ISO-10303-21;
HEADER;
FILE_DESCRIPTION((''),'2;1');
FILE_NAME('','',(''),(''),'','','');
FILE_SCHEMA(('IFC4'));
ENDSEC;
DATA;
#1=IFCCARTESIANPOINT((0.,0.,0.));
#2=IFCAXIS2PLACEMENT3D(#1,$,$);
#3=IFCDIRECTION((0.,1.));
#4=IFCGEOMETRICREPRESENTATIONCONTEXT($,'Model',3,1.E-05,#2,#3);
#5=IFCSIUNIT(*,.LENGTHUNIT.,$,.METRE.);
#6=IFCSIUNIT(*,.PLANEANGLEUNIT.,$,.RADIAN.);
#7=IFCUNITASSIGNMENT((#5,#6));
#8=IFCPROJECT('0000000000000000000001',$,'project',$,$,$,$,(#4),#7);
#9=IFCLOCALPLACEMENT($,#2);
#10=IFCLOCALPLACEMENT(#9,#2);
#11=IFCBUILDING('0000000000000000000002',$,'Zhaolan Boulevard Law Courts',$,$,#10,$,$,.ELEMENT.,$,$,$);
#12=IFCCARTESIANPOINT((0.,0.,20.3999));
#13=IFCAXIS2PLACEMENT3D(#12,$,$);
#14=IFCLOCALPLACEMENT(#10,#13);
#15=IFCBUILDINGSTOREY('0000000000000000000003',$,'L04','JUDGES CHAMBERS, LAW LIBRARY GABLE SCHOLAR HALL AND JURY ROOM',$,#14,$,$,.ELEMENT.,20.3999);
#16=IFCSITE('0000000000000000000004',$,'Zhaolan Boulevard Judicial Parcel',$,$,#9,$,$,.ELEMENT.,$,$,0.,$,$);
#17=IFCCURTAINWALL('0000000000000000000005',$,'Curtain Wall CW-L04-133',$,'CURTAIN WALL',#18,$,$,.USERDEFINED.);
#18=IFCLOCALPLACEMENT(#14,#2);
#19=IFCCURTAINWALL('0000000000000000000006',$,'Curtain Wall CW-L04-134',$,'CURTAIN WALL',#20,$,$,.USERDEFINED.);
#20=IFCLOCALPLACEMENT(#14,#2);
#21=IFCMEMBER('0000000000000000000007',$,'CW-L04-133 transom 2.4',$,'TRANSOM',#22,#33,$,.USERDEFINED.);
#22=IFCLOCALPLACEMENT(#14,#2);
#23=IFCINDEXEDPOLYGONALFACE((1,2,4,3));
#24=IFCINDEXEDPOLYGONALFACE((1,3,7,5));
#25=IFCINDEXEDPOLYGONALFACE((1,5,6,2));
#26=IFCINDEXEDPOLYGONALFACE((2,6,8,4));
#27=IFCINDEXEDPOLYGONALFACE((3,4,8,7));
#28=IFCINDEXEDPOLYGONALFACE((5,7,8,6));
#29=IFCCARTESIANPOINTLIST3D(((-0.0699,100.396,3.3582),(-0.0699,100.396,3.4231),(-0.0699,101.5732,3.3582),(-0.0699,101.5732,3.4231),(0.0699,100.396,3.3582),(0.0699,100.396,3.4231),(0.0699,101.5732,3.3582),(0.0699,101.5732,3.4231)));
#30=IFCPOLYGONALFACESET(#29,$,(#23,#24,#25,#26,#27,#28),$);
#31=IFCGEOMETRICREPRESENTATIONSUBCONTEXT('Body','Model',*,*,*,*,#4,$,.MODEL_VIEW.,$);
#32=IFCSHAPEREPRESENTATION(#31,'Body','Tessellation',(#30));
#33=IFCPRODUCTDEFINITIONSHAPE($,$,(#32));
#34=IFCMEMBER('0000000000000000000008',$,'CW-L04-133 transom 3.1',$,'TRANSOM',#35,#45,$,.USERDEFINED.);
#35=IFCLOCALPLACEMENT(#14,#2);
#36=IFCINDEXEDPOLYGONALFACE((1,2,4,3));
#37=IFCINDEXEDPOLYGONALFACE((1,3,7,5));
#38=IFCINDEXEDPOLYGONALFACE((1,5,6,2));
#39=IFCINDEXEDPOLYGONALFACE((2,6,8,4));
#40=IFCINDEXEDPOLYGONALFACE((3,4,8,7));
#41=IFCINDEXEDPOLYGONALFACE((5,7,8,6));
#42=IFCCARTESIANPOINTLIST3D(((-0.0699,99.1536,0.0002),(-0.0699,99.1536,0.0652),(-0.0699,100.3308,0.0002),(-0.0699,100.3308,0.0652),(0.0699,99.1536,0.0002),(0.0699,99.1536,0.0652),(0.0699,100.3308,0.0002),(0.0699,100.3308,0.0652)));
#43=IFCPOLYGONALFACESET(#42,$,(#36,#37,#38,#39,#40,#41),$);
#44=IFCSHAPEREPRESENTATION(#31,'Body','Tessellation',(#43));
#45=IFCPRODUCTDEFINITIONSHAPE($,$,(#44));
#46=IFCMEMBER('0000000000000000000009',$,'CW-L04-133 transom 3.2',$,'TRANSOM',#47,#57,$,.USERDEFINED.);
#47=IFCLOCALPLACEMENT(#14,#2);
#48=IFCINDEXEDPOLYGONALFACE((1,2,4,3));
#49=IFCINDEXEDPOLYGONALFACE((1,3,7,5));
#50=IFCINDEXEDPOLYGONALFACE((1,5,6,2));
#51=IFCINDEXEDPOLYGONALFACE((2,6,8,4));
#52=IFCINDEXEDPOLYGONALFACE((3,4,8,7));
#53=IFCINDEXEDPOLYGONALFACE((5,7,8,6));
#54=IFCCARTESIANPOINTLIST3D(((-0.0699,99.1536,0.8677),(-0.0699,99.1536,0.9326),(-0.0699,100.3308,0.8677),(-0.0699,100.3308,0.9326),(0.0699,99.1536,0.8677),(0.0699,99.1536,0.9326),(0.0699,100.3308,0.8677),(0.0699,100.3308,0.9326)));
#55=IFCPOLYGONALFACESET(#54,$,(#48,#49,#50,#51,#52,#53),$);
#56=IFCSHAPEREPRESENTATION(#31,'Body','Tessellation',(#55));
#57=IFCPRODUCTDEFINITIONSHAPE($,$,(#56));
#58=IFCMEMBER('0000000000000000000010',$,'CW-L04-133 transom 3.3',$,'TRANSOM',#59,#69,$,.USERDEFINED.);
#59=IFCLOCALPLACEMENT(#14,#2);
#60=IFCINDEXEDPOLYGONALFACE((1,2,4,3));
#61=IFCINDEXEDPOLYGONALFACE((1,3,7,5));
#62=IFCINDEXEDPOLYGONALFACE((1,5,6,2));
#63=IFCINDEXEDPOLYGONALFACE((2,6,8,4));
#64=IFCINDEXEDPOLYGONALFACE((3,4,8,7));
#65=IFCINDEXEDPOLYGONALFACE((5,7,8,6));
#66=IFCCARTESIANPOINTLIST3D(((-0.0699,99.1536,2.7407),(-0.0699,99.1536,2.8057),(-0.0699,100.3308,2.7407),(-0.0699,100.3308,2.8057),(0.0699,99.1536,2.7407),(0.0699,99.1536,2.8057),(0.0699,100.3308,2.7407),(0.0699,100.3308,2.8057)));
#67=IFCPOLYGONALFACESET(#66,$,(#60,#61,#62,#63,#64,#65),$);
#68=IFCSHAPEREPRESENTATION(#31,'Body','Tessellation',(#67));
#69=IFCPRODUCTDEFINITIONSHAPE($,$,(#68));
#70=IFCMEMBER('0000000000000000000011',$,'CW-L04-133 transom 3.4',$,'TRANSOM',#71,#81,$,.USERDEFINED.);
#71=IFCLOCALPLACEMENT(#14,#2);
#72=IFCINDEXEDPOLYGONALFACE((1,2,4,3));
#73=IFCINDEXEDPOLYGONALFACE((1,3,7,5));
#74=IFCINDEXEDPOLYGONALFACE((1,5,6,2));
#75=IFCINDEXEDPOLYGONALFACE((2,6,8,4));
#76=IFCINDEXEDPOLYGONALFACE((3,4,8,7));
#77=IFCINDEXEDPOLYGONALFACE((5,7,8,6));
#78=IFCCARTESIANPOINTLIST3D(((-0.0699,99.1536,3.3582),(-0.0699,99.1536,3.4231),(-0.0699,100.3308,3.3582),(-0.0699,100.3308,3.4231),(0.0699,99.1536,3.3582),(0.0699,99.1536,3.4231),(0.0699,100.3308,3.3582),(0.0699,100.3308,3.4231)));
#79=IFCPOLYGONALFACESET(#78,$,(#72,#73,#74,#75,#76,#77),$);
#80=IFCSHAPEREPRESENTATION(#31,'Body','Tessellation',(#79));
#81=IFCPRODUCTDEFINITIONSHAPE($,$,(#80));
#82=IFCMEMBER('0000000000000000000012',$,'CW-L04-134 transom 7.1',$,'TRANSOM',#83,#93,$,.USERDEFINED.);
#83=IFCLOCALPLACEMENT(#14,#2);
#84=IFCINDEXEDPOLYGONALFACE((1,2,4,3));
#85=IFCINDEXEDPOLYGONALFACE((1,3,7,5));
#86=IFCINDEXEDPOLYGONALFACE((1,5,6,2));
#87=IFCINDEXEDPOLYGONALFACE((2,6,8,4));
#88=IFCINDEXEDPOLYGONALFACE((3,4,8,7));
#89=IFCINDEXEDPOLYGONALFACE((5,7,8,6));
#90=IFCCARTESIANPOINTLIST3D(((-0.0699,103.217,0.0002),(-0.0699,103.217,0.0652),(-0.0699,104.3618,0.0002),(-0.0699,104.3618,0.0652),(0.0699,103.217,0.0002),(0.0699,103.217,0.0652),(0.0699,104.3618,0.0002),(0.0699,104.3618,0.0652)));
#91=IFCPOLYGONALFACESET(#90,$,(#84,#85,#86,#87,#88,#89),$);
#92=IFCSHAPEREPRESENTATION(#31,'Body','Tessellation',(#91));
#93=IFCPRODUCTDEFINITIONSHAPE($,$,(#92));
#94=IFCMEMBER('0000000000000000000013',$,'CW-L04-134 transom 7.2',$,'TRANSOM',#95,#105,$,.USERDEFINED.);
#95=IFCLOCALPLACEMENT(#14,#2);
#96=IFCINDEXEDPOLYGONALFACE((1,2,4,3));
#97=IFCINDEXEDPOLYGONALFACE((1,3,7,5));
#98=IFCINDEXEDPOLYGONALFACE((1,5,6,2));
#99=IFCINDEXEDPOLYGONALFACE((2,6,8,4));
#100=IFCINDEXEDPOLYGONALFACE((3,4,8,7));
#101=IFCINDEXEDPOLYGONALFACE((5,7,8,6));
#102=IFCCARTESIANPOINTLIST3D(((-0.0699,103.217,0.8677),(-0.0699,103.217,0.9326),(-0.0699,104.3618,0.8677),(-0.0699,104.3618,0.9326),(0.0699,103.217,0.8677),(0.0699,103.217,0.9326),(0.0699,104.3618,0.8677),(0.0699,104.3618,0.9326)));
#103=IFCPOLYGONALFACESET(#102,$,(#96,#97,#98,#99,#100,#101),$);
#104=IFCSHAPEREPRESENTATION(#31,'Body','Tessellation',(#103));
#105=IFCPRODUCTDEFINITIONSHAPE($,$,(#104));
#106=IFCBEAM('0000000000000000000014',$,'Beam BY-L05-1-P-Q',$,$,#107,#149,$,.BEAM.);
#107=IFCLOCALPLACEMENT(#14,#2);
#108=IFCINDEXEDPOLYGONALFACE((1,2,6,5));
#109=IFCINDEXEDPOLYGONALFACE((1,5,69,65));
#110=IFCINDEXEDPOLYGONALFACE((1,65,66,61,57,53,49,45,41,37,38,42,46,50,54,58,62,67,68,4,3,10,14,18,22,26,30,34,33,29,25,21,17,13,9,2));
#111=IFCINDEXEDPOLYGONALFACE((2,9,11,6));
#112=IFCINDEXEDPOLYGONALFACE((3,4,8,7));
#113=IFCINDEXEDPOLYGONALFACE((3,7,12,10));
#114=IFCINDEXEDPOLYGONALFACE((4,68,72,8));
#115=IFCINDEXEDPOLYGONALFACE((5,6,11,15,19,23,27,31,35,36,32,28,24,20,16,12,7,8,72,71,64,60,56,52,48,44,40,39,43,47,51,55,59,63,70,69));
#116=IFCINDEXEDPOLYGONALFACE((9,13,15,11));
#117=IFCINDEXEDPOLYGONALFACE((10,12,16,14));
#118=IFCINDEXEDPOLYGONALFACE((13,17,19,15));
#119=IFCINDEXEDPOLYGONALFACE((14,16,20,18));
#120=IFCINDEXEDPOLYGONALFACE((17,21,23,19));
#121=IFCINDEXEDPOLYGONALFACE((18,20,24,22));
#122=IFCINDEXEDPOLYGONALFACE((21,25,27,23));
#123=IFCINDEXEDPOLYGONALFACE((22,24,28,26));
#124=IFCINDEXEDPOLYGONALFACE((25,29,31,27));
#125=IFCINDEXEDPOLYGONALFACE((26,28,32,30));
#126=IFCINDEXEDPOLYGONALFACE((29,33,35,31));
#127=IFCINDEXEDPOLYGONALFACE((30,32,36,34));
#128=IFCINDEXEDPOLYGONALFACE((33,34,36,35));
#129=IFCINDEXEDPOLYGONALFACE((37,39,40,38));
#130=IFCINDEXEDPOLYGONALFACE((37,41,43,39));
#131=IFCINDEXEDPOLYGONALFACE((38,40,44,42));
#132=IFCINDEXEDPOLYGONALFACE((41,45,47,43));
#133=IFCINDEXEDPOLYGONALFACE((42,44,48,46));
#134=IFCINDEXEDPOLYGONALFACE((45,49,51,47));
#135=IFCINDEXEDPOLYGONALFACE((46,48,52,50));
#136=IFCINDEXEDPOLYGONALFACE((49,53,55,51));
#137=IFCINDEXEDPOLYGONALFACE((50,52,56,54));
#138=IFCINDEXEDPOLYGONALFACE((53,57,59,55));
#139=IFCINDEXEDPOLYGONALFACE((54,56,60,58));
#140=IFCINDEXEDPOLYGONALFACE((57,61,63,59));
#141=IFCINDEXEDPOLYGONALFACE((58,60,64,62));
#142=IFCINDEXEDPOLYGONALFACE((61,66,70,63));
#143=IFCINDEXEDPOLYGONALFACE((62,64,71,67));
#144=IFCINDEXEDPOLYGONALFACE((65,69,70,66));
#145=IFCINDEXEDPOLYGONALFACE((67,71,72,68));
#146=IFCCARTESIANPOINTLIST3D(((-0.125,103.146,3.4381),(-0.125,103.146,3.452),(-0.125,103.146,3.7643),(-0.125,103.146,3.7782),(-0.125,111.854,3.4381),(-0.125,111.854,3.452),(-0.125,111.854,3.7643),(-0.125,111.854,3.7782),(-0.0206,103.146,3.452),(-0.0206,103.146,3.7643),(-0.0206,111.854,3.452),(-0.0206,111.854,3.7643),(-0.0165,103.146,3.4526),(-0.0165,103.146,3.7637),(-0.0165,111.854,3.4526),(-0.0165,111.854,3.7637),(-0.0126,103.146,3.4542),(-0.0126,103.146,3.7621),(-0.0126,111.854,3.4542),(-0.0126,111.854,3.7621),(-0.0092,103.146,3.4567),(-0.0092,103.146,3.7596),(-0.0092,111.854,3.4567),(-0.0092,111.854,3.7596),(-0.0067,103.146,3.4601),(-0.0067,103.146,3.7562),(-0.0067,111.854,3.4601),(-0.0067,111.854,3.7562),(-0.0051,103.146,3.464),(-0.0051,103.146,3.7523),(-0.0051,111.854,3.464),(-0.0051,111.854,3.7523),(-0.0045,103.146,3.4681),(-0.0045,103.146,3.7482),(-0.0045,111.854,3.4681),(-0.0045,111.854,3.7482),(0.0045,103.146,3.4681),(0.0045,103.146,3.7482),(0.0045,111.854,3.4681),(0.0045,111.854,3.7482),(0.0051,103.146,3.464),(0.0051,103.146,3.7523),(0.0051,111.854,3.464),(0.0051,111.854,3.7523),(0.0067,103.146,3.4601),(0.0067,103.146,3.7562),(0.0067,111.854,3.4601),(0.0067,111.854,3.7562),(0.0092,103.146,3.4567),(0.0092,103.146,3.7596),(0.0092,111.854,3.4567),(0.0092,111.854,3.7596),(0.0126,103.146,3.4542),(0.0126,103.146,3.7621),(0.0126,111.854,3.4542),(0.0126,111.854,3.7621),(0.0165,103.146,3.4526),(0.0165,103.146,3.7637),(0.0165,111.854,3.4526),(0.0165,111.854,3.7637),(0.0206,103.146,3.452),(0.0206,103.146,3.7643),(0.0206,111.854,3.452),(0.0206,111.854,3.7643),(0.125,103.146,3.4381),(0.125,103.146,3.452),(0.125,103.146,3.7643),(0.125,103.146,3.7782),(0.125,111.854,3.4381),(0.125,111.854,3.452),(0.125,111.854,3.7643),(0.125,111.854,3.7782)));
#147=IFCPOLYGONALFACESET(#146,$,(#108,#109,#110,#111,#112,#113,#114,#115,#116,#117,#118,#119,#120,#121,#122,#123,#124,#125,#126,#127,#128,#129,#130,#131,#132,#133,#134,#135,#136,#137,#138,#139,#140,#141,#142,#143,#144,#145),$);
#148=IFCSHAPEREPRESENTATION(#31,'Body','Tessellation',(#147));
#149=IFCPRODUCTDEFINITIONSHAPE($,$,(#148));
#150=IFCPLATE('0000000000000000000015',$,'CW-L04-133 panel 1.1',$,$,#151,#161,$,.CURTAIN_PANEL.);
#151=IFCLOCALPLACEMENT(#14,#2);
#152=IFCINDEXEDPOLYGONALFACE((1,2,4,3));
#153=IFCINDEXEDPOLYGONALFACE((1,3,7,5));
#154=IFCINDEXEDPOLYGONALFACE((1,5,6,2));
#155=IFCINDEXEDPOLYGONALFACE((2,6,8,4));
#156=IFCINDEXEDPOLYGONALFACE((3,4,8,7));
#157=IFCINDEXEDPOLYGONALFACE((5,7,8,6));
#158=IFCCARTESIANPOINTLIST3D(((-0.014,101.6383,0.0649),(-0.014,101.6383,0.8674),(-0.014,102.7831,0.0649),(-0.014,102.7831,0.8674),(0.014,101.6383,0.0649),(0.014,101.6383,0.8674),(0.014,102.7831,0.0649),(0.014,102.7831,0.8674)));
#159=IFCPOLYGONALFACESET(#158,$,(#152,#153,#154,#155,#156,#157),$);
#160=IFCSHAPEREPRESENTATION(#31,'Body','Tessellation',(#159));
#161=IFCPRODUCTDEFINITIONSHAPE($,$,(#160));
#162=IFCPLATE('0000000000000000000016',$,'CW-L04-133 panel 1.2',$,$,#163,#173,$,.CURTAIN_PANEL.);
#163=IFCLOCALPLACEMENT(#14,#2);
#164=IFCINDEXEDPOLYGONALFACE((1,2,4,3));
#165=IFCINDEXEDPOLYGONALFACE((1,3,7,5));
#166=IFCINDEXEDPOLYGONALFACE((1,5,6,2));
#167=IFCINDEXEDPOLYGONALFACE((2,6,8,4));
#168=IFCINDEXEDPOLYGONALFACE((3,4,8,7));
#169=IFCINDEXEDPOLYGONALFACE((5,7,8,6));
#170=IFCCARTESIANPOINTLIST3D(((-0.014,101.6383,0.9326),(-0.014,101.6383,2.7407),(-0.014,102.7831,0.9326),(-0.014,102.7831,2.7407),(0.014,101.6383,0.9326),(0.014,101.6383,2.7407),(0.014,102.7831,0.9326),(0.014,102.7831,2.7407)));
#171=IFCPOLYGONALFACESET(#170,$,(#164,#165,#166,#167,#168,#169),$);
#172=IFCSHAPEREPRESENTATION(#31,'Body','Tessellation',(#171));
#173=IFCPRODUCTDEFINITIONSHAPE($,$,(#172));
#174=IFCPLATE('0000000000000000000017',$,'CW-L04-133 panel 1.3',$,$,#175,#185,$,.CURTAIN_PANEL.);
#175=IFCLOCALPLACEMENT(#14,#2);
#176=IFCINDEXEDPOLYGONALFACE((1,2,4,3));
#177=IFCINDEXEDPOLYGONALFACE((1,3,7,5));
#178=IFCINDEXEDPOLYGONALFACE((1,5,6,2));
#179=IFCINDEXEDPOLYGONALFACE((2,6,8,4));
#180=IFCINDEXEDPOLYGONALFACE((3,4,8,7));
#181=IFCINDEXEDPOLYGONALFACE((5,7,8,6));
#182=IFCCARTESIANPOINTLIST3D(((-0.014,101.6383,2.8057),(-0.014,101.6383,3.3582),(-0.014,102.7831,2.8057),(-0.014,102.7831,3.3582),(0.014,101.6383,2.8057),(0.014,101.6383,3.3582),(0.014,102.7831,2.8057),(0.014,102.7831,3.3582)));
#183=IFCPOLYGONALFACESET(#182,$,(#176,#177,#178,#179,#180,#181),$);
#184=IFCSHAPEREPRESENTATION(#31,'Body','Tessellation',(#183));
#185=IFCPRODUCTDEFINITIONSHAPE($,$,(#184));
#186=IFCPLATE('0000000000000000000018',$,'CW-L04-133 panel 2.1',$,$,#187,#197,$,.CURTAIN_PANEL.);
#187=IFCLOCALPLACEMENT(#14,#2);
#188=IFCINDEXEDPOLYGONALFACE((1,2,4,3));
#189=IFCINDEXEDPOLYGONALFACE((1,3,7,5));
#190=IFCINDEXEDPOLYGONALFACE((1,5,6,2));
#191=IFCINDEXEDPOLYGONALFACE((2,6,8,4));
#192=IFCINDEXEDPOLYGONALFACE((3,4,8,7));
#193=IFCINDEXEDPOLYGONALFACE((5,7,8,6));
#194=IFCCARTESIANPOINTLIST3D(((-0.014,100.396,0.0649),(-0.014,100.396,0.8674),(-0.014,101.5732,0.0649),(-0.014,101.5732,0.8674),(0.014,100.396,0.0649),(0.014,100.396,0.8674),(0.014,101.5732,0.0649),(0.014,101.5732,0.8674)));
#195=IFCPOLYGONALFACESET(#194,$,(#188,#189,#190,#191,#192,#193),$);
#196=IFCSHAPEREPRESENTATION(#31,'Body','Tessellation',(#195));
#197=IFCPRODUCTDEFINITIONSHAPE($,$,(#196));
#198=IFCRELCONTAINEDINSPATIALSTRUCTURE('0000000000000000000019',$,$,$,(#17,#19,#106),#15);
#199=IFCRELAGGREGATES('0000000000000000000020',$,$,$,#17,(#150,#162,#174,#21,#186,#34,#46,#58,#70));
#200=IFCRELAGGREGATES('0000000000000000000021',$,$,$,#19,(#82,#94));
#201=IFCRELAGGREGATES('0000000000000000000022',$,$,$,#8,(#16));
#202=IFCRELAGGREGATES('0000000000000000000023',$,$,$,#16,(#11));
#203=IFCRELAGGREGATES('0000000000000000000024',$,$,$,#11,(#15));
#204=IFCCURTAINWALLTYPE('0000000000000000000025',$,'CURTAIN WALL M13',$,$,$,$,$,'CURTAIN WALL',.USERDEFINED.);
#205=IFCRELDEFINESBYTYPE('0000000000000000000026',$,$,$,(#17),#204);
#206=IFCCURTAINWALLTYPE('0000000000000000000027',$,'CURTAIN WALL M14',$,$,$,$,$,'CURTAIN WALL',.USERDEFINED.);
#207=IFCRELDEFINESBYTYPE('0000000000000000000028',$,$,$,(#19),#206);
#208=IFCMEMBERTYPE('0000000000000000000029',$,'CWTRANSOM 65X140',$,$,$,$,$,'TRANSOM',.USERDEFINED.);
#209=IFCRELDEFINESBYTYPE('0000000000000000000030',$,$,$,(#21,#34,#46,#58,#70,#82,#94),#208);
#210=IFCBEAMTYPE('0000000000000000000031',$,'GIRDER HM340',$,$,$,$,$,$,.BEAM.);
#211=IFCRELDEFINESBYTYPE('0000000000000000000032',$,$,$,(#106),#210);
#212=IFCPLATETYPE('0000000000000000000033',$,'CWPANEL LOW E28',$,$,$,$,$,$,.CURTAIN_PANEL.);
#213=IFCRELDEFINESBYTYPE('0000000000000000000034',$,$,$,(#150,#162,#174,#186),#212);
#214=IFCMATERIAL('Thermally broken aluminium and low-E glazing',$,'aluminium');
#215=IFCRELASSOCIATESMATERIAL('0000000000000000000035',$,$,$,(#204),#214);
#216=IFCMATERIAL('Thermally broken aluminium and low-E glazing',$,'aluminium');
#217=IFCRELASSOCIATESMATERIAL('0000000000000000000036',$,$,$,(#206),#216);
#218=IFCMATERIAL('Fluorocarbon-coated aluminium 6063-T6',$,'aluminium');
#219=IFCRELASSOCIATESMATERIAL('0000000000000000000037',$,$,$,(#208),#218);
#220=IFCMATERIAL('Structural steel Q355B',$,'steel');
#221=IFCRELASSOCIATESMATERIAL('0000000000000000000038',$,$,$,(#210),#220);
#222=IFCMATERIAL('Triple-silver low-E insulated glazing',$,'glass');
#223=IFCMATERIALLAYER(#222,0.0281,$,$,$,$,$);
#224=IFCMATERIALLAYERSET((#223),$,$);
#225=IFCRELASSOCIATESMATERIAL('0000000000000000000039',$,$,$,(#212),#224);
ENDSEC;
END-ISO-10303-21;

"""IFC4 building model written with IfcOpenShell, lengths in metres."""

from ifc_helpers import new_model, si_unit, direction, frame, origin, origin_2d, place, context, subcontext, project, spatial, rectangle, i_section, extrude, material, layer, layer_set, material_profile, profile_set, type_object, element, aggregate, save


model = new_model("IFC4")

# Units and contexts
model_context = context("Model", 3, precision=1e-05, world=origin(), true_north=direction((0.0, 1.0)))
body_context = subcontext(model_context, "Body", "Model", "MODEL_VIEW")
ifc_project = project(units=[si_unit("LENGTHUNIT", "METRE"), si_unit("PLANEANGLEUNIT", "RADIAN")], contexts=[model_context])

# Site, building, storey
site_placement = place(None, origin())
site = spatial("IfcSite", under=ifc_project, at=site_placement, Name="Zhaolan Boulevard Judicial Parcel", CompositionType="ELEMENT", RefElevation=0.0)
building_placement = place(site_placement, origin())
building = spatial("IfcBuilding", under=site, at=building_placement, Name="Zhaolan Boulevard Law Courts", CompositionType="ELEMENT")
storey_placement = place(building_placement, frame((0.0, 0.0, 20.3999)))
storey = spatial("IfcBuildingStorey", under=building, at=storey_placement, Name="L04", Description="JUDGES CHAMBERS, LAW LIBRARY GABLE SCHOLAR HALL AND JURY ROOM", CompositionType="ELEMENT", Elevation=20.3999)

# Curtain wall
ifc_material_1 = material(Name="Thermally broken aluminium and low-E glazing", Category="aluminium")
curtain_wall_type_1 = type_object("IfcCurtainWallType", Name="CURTAIN WALL M13", ElementType="CURTAIN WALL", PredefinedType="USERDEFINED", material=ifc_material_1)
curtain_wall_1_placement = place(storey_placement, origin())
curtain_wall_1 = element("IfcCurtainWall", 1, at=curtain_wall_1_placement, inside=storey, type_object=curtain_wall_type_1, Name="Curtain Wall CW-L04-133", ObjectType="CURTAIN WALL", PredefinedType="USERDEFINED")

# Curtain wall
ifc_material_2 = material(Name="Thermally broken aluminium and low-E glazing", Category="aluminium")
curtain_wall_type_2 = type_object("IfcCurtainWallType", Name="CURTAIN WALL M14", ElementType="CURTAIN WALL", PredefinedType="USERDEFINED", material=ifc_material_2)
curtain_wall_2_placement = place(storey_placement, origin())
curtain_wall_2 = element("IfcCurtainWall", 2, at=curtain_wall_2_placement, inside=storey, type_object=curtain_wall_type_2, Name="Curtain Wall CW-L04-134", ObjectType="CURTAIN WALL", PredefinedType="USERDEFINED")

# Members
ifc_material_3 = material(Name="Fluorocarbon-coated aluminium 6063-T6", Category="aluminium")
ifc_material_profile_1 = material_profile(ifc_material_3, rectangle(XDim=0.1399, YDim=0.0649, at=origin_2d()), Name="AL65x140")
ifc_profile_set_1 = profile_set([ifc_material_profile_1], Name="Fluorocarbon-coated aluminium 6063-T6")
member_type_1 = type_object("IfcMemberType", Name="CWTRANSOM 65X140", ElementType="TRANSOM", PredefinedType="USERDEFINED", material=ifc_profile_set_1)
member_1_placement = place(storey_placement, frame((0.0, 101.5732, 3.3906), z_axis=(0.0, -1.0, 0.0), x_axis=(1.0, 0.0, 0.0)))
member_1 = element("IfcMember", 3, at=member_1_placement, type_object=member_type_1, Name="CW-L04-133 transom 2.4", ObjectType="TRANSOM", PredefinedType="USERDEFINED", context=body_context, shape_type="SweptSolid", body=[
    extrude(rectangle(XDim=0.1399, YDim=0.0649, at=origin_2d()), origin(), (0.0, 0.0, 1.0), 1.1772),
])
member_2_placement = place(storey_placement, frame((0.0, 100.3308, 0.0327), z_axis=(0.0, -1.0, 0.0), x_axis=(1.0, 0.0, 0.0)))
member_2 = element("IfcMember", 4, at=member_2_placement, type_object=member_type_1, Name="CW-L04-133 transom 3.1", ObjectType="TRANSOM", PredefinedType="USERDEFINED", context=body_context, shape_type="SweptSolid", body=[
    extrude(rectangle(XDim=0.1399, YDim=0.0649, at=origin_2d()), origin(), (0.0, 0.0, 1.0), 1.1772),
])
member_3_placement = place(storey_placement, frame((0.0, 100.3308, 0.9001), z_axis=(0.0, -1.0, 0.0), x_axis=(1.0, 0.0, 0.0)))
member_3 = element("IfcMember", 5, at=member_3_placement, type_object=member_type_1, Name="CW-L04-133 transom 3.2", ObjectType="TRANSOM", PredefinedType="USERDEFINED", context=body_context, shape_type="SweptSolid", body=[
    extrude(rectangle(XDim=0.1399, YDim=0.0649, at=origin_2d()), origin(), (0.0, 0.0, 1.0), 1.1772),
])
member_4_placement = place(storey_placement, frame((0.0, 100.3308, 2.7732), z_axis=(0.0, -1.0, 0.0), x_axis=(1.0, 0.0, 0.0)))
member_4 = element("IfcMember", 6, at=member_4_placement, type_object=member_type_1, Name="CW-L04-133 transom 3.3", ObjectType="TRANSOM", PredefinedType="USERDEFINED", context=body_context, shape_type="SweptSolid", body=[
    extrude(rectangle(XDim=0.1399, YDim=0.0649, at=origin_2d()), origin(), (0.0, 0.0, 1.0), 1.1772),
])
member_5_placement = place(storey_placement, frame((0.0, 100.3308, 3.3906), z_axis=(0.0, -1.0, 0.0), x_axis=(1.0, 0.0, 0.0)))
member_5 = element("IfcMember", 7, at=member_5_placement, type_object=member_type_1, Name="CW-L04-133 transom 3.4", ObjectType="TRANSOM", PredefinedType="USERDEFINED", context=body_context, shape_type="SweptSolid", body=[
    extrude(rectangle(XDim=0.1399, YDim=0.0649, at=origin_2d()), origin(), (0.0, 0.0, 1.0), 1.1772),
])
member_6_placement = place(storey_placement, frame((0.0, 104.3618, 0.0327), z_axis=(0.0, -1.0, 0.0), x_axis=(1.0, 0.0, 0.0)))
member_6 = element("IfcMember", 8, at=member_6_placement, type_object=member_type_1, Name="CW-L04-134 transom 7.1", ObjectType="TRANSOM", PredefinedType="USERDEFINED", context=body_context, shape_type="SweptSolid", body=[
    extrude(rectangle(XDim=0.1399, YDim=0.0649, at=origin_2d()), origin(), (0.0, 0.0, 1.0), 1.1448),
])
member_7_placement = place(storey_placement, frame((0.0, 104.3618, 0.9001), z_axis=(0.0, -1.0, 0.0), x_axis=(1.0, 0.0, 0.0)))
member_7 = element("IfcMember", 9, at=member_7_placement, type_object=member_type_1, Name="CW-L04-134 transom 7.2", ObjectType="TRANSOM", PredefinedType="USERDEFINED", context=body_context, shape_type="SweptSolid", body=[
    extrude(rectangle(XDim=0.1399, YDim=0.0649, at=origin_2d()), origin(), (0.0, 0.0, 1.0), 1.1448),
])

# Beam
ifc_material_4 = material(Name="Structural steel Q355B", Category="steel")
ifc_material_profile_2 = material_profile(ifc_material_4, i_section(OverallWidth=0.25, OverallDepth=0.3401, WebThickness=0.009, FlangeThickness=0.0139, FilletRadius=0.0161, at=origin_2d()), Name="HM340x250")
ifc_profile_set_2 = profile_set([ifc_material_profile_2], Name="Structural steel Q355B")
beam_type = type_object("IfcBeamType", Name="GIRDER HM340", PredefinedType="BEAM", material=ifc_profile_set_2)
beam_placement = place(storey_placement, frame((0.0, 103.146, 3.6082), z_axis=(0.0, 1.0, 0.0), x_axis=(-1.0, 0.0, 0.0)))
element("IfcBeam", 10, at=beam_placement, inside=storey, type_object=beam_type, Name="Beam BY-L05-1-P-Q", PredefinedType="BEAM", context=body_context, shape_type="SweptSolid", body=[
    extrude(i_section(OverallWidth=0.25, OverallDepth=0.3401, WebThickness=0.009, FlangeThickness=0.0139, FilletRadius=0.0161, at=origin_2d()), origin(), (0.0, 0.0, 1.0), 8.708),
])

# Plates
ifc_material_5 = material(Name="Triple-silver low-E insulated glazing", Category="glass")
ifc_layer = layer(ifc_material_5, 0.0281)
ifc_layer_set = layer_set([ifc_layer])
plate_type = type_object("IfcPlateType", Name="CWPANEL LOW E28", PredefinedType="CURTAIN_PANEL", material=ifc_layer_set)
plate_1_placement = place(storey_placement, frame((0.0, 102.2107, 0.0649), z_axis=(0.0, 0.0, 1.0), x_axis=(0.0, -1.0, 0.0)))
plate_1 = element("IfcPlate", 11, at=plate_1_placement, type_object=plate_type, Name="CW-L04-133 panel 1.1", PredefinedType="CURTAIN_PANEL", context=body_context, shape_type="SweptSolid", body=[
    extrude(rectangle(XDim=1.1448, YDim=0.0281, at=origin_2d()), origin(), (0.0, 0.0, 1.0), 0.8025),
])
plate_2_placement = place(storey_placement, frame((0.0, 102.2107, 0.9326), z_axis=(0.0, 0.0, 1.0), x_axis=(0.0, -1.0, 0.0)))
plate_2 = element("IfcPlate", 12, at=plate_2_placement, type_object=plate_type, Name="CW-L04-133 panel 1.2", PredefinedType="CURTAIN_PANEL", context=body_context, shape_type="SweptSolid", body=[
    extrude(rectangle(XDim=1.1448, YDim=0.0281, at=origin_2d()), origin(), (0.0, 0.0, 1.0), 1.8081),
])
plate_3_placement = place(storey_placement, frame((0.0, 102.2107, 2.8057), z_axis=(0.0, 0.0, 1.0), x_axis=(0.0, -1.0, 0.0)))
plate_3 = element("IfcPlate", 13, at=plate_3_placement, type_object=plate_type, Name="CW-L04-133 panel 1.3", PredefinedType="CURTAIN_PANEL", context=body_context, shape_type="SweptSolid", body=[
    extrude(rectangle(XDim=1.1448, YDim=0.0281, at=origin_2d()), origin(), (0.0, 0.0, 1.0), 0.5525),
])
plate_4_placement = place(storey_placement, frame((0.0, 100.9846, 0.0649), z_axis=(0.0, 0.0, 1.0), x_axis=(0.0, -1.0, 0.0)))
plate_4 = element("IfcPlate", 14, at=plate_4_placement, type_object=plate_type, Name="CW-L04-133 panel 2.1", PredefinedType="CURTAIN_PANEL", context=body_context, shape_type="SweptSolid", body=[
    extrude(rectangle(XDim=1.1772, YDim=0.0281, at=origin_2d()), origin(), (0.0, 0.0, 1.0), 0.8025),
])
aggregate(curtain_wall_1, [plate_1, plate_2, plate_3, member_1, plate_4, member_2, member_3, member_4, member_5])
aggregate(curtain_wall_2, [member_6, member_7])

save(model, "model.ifc")
